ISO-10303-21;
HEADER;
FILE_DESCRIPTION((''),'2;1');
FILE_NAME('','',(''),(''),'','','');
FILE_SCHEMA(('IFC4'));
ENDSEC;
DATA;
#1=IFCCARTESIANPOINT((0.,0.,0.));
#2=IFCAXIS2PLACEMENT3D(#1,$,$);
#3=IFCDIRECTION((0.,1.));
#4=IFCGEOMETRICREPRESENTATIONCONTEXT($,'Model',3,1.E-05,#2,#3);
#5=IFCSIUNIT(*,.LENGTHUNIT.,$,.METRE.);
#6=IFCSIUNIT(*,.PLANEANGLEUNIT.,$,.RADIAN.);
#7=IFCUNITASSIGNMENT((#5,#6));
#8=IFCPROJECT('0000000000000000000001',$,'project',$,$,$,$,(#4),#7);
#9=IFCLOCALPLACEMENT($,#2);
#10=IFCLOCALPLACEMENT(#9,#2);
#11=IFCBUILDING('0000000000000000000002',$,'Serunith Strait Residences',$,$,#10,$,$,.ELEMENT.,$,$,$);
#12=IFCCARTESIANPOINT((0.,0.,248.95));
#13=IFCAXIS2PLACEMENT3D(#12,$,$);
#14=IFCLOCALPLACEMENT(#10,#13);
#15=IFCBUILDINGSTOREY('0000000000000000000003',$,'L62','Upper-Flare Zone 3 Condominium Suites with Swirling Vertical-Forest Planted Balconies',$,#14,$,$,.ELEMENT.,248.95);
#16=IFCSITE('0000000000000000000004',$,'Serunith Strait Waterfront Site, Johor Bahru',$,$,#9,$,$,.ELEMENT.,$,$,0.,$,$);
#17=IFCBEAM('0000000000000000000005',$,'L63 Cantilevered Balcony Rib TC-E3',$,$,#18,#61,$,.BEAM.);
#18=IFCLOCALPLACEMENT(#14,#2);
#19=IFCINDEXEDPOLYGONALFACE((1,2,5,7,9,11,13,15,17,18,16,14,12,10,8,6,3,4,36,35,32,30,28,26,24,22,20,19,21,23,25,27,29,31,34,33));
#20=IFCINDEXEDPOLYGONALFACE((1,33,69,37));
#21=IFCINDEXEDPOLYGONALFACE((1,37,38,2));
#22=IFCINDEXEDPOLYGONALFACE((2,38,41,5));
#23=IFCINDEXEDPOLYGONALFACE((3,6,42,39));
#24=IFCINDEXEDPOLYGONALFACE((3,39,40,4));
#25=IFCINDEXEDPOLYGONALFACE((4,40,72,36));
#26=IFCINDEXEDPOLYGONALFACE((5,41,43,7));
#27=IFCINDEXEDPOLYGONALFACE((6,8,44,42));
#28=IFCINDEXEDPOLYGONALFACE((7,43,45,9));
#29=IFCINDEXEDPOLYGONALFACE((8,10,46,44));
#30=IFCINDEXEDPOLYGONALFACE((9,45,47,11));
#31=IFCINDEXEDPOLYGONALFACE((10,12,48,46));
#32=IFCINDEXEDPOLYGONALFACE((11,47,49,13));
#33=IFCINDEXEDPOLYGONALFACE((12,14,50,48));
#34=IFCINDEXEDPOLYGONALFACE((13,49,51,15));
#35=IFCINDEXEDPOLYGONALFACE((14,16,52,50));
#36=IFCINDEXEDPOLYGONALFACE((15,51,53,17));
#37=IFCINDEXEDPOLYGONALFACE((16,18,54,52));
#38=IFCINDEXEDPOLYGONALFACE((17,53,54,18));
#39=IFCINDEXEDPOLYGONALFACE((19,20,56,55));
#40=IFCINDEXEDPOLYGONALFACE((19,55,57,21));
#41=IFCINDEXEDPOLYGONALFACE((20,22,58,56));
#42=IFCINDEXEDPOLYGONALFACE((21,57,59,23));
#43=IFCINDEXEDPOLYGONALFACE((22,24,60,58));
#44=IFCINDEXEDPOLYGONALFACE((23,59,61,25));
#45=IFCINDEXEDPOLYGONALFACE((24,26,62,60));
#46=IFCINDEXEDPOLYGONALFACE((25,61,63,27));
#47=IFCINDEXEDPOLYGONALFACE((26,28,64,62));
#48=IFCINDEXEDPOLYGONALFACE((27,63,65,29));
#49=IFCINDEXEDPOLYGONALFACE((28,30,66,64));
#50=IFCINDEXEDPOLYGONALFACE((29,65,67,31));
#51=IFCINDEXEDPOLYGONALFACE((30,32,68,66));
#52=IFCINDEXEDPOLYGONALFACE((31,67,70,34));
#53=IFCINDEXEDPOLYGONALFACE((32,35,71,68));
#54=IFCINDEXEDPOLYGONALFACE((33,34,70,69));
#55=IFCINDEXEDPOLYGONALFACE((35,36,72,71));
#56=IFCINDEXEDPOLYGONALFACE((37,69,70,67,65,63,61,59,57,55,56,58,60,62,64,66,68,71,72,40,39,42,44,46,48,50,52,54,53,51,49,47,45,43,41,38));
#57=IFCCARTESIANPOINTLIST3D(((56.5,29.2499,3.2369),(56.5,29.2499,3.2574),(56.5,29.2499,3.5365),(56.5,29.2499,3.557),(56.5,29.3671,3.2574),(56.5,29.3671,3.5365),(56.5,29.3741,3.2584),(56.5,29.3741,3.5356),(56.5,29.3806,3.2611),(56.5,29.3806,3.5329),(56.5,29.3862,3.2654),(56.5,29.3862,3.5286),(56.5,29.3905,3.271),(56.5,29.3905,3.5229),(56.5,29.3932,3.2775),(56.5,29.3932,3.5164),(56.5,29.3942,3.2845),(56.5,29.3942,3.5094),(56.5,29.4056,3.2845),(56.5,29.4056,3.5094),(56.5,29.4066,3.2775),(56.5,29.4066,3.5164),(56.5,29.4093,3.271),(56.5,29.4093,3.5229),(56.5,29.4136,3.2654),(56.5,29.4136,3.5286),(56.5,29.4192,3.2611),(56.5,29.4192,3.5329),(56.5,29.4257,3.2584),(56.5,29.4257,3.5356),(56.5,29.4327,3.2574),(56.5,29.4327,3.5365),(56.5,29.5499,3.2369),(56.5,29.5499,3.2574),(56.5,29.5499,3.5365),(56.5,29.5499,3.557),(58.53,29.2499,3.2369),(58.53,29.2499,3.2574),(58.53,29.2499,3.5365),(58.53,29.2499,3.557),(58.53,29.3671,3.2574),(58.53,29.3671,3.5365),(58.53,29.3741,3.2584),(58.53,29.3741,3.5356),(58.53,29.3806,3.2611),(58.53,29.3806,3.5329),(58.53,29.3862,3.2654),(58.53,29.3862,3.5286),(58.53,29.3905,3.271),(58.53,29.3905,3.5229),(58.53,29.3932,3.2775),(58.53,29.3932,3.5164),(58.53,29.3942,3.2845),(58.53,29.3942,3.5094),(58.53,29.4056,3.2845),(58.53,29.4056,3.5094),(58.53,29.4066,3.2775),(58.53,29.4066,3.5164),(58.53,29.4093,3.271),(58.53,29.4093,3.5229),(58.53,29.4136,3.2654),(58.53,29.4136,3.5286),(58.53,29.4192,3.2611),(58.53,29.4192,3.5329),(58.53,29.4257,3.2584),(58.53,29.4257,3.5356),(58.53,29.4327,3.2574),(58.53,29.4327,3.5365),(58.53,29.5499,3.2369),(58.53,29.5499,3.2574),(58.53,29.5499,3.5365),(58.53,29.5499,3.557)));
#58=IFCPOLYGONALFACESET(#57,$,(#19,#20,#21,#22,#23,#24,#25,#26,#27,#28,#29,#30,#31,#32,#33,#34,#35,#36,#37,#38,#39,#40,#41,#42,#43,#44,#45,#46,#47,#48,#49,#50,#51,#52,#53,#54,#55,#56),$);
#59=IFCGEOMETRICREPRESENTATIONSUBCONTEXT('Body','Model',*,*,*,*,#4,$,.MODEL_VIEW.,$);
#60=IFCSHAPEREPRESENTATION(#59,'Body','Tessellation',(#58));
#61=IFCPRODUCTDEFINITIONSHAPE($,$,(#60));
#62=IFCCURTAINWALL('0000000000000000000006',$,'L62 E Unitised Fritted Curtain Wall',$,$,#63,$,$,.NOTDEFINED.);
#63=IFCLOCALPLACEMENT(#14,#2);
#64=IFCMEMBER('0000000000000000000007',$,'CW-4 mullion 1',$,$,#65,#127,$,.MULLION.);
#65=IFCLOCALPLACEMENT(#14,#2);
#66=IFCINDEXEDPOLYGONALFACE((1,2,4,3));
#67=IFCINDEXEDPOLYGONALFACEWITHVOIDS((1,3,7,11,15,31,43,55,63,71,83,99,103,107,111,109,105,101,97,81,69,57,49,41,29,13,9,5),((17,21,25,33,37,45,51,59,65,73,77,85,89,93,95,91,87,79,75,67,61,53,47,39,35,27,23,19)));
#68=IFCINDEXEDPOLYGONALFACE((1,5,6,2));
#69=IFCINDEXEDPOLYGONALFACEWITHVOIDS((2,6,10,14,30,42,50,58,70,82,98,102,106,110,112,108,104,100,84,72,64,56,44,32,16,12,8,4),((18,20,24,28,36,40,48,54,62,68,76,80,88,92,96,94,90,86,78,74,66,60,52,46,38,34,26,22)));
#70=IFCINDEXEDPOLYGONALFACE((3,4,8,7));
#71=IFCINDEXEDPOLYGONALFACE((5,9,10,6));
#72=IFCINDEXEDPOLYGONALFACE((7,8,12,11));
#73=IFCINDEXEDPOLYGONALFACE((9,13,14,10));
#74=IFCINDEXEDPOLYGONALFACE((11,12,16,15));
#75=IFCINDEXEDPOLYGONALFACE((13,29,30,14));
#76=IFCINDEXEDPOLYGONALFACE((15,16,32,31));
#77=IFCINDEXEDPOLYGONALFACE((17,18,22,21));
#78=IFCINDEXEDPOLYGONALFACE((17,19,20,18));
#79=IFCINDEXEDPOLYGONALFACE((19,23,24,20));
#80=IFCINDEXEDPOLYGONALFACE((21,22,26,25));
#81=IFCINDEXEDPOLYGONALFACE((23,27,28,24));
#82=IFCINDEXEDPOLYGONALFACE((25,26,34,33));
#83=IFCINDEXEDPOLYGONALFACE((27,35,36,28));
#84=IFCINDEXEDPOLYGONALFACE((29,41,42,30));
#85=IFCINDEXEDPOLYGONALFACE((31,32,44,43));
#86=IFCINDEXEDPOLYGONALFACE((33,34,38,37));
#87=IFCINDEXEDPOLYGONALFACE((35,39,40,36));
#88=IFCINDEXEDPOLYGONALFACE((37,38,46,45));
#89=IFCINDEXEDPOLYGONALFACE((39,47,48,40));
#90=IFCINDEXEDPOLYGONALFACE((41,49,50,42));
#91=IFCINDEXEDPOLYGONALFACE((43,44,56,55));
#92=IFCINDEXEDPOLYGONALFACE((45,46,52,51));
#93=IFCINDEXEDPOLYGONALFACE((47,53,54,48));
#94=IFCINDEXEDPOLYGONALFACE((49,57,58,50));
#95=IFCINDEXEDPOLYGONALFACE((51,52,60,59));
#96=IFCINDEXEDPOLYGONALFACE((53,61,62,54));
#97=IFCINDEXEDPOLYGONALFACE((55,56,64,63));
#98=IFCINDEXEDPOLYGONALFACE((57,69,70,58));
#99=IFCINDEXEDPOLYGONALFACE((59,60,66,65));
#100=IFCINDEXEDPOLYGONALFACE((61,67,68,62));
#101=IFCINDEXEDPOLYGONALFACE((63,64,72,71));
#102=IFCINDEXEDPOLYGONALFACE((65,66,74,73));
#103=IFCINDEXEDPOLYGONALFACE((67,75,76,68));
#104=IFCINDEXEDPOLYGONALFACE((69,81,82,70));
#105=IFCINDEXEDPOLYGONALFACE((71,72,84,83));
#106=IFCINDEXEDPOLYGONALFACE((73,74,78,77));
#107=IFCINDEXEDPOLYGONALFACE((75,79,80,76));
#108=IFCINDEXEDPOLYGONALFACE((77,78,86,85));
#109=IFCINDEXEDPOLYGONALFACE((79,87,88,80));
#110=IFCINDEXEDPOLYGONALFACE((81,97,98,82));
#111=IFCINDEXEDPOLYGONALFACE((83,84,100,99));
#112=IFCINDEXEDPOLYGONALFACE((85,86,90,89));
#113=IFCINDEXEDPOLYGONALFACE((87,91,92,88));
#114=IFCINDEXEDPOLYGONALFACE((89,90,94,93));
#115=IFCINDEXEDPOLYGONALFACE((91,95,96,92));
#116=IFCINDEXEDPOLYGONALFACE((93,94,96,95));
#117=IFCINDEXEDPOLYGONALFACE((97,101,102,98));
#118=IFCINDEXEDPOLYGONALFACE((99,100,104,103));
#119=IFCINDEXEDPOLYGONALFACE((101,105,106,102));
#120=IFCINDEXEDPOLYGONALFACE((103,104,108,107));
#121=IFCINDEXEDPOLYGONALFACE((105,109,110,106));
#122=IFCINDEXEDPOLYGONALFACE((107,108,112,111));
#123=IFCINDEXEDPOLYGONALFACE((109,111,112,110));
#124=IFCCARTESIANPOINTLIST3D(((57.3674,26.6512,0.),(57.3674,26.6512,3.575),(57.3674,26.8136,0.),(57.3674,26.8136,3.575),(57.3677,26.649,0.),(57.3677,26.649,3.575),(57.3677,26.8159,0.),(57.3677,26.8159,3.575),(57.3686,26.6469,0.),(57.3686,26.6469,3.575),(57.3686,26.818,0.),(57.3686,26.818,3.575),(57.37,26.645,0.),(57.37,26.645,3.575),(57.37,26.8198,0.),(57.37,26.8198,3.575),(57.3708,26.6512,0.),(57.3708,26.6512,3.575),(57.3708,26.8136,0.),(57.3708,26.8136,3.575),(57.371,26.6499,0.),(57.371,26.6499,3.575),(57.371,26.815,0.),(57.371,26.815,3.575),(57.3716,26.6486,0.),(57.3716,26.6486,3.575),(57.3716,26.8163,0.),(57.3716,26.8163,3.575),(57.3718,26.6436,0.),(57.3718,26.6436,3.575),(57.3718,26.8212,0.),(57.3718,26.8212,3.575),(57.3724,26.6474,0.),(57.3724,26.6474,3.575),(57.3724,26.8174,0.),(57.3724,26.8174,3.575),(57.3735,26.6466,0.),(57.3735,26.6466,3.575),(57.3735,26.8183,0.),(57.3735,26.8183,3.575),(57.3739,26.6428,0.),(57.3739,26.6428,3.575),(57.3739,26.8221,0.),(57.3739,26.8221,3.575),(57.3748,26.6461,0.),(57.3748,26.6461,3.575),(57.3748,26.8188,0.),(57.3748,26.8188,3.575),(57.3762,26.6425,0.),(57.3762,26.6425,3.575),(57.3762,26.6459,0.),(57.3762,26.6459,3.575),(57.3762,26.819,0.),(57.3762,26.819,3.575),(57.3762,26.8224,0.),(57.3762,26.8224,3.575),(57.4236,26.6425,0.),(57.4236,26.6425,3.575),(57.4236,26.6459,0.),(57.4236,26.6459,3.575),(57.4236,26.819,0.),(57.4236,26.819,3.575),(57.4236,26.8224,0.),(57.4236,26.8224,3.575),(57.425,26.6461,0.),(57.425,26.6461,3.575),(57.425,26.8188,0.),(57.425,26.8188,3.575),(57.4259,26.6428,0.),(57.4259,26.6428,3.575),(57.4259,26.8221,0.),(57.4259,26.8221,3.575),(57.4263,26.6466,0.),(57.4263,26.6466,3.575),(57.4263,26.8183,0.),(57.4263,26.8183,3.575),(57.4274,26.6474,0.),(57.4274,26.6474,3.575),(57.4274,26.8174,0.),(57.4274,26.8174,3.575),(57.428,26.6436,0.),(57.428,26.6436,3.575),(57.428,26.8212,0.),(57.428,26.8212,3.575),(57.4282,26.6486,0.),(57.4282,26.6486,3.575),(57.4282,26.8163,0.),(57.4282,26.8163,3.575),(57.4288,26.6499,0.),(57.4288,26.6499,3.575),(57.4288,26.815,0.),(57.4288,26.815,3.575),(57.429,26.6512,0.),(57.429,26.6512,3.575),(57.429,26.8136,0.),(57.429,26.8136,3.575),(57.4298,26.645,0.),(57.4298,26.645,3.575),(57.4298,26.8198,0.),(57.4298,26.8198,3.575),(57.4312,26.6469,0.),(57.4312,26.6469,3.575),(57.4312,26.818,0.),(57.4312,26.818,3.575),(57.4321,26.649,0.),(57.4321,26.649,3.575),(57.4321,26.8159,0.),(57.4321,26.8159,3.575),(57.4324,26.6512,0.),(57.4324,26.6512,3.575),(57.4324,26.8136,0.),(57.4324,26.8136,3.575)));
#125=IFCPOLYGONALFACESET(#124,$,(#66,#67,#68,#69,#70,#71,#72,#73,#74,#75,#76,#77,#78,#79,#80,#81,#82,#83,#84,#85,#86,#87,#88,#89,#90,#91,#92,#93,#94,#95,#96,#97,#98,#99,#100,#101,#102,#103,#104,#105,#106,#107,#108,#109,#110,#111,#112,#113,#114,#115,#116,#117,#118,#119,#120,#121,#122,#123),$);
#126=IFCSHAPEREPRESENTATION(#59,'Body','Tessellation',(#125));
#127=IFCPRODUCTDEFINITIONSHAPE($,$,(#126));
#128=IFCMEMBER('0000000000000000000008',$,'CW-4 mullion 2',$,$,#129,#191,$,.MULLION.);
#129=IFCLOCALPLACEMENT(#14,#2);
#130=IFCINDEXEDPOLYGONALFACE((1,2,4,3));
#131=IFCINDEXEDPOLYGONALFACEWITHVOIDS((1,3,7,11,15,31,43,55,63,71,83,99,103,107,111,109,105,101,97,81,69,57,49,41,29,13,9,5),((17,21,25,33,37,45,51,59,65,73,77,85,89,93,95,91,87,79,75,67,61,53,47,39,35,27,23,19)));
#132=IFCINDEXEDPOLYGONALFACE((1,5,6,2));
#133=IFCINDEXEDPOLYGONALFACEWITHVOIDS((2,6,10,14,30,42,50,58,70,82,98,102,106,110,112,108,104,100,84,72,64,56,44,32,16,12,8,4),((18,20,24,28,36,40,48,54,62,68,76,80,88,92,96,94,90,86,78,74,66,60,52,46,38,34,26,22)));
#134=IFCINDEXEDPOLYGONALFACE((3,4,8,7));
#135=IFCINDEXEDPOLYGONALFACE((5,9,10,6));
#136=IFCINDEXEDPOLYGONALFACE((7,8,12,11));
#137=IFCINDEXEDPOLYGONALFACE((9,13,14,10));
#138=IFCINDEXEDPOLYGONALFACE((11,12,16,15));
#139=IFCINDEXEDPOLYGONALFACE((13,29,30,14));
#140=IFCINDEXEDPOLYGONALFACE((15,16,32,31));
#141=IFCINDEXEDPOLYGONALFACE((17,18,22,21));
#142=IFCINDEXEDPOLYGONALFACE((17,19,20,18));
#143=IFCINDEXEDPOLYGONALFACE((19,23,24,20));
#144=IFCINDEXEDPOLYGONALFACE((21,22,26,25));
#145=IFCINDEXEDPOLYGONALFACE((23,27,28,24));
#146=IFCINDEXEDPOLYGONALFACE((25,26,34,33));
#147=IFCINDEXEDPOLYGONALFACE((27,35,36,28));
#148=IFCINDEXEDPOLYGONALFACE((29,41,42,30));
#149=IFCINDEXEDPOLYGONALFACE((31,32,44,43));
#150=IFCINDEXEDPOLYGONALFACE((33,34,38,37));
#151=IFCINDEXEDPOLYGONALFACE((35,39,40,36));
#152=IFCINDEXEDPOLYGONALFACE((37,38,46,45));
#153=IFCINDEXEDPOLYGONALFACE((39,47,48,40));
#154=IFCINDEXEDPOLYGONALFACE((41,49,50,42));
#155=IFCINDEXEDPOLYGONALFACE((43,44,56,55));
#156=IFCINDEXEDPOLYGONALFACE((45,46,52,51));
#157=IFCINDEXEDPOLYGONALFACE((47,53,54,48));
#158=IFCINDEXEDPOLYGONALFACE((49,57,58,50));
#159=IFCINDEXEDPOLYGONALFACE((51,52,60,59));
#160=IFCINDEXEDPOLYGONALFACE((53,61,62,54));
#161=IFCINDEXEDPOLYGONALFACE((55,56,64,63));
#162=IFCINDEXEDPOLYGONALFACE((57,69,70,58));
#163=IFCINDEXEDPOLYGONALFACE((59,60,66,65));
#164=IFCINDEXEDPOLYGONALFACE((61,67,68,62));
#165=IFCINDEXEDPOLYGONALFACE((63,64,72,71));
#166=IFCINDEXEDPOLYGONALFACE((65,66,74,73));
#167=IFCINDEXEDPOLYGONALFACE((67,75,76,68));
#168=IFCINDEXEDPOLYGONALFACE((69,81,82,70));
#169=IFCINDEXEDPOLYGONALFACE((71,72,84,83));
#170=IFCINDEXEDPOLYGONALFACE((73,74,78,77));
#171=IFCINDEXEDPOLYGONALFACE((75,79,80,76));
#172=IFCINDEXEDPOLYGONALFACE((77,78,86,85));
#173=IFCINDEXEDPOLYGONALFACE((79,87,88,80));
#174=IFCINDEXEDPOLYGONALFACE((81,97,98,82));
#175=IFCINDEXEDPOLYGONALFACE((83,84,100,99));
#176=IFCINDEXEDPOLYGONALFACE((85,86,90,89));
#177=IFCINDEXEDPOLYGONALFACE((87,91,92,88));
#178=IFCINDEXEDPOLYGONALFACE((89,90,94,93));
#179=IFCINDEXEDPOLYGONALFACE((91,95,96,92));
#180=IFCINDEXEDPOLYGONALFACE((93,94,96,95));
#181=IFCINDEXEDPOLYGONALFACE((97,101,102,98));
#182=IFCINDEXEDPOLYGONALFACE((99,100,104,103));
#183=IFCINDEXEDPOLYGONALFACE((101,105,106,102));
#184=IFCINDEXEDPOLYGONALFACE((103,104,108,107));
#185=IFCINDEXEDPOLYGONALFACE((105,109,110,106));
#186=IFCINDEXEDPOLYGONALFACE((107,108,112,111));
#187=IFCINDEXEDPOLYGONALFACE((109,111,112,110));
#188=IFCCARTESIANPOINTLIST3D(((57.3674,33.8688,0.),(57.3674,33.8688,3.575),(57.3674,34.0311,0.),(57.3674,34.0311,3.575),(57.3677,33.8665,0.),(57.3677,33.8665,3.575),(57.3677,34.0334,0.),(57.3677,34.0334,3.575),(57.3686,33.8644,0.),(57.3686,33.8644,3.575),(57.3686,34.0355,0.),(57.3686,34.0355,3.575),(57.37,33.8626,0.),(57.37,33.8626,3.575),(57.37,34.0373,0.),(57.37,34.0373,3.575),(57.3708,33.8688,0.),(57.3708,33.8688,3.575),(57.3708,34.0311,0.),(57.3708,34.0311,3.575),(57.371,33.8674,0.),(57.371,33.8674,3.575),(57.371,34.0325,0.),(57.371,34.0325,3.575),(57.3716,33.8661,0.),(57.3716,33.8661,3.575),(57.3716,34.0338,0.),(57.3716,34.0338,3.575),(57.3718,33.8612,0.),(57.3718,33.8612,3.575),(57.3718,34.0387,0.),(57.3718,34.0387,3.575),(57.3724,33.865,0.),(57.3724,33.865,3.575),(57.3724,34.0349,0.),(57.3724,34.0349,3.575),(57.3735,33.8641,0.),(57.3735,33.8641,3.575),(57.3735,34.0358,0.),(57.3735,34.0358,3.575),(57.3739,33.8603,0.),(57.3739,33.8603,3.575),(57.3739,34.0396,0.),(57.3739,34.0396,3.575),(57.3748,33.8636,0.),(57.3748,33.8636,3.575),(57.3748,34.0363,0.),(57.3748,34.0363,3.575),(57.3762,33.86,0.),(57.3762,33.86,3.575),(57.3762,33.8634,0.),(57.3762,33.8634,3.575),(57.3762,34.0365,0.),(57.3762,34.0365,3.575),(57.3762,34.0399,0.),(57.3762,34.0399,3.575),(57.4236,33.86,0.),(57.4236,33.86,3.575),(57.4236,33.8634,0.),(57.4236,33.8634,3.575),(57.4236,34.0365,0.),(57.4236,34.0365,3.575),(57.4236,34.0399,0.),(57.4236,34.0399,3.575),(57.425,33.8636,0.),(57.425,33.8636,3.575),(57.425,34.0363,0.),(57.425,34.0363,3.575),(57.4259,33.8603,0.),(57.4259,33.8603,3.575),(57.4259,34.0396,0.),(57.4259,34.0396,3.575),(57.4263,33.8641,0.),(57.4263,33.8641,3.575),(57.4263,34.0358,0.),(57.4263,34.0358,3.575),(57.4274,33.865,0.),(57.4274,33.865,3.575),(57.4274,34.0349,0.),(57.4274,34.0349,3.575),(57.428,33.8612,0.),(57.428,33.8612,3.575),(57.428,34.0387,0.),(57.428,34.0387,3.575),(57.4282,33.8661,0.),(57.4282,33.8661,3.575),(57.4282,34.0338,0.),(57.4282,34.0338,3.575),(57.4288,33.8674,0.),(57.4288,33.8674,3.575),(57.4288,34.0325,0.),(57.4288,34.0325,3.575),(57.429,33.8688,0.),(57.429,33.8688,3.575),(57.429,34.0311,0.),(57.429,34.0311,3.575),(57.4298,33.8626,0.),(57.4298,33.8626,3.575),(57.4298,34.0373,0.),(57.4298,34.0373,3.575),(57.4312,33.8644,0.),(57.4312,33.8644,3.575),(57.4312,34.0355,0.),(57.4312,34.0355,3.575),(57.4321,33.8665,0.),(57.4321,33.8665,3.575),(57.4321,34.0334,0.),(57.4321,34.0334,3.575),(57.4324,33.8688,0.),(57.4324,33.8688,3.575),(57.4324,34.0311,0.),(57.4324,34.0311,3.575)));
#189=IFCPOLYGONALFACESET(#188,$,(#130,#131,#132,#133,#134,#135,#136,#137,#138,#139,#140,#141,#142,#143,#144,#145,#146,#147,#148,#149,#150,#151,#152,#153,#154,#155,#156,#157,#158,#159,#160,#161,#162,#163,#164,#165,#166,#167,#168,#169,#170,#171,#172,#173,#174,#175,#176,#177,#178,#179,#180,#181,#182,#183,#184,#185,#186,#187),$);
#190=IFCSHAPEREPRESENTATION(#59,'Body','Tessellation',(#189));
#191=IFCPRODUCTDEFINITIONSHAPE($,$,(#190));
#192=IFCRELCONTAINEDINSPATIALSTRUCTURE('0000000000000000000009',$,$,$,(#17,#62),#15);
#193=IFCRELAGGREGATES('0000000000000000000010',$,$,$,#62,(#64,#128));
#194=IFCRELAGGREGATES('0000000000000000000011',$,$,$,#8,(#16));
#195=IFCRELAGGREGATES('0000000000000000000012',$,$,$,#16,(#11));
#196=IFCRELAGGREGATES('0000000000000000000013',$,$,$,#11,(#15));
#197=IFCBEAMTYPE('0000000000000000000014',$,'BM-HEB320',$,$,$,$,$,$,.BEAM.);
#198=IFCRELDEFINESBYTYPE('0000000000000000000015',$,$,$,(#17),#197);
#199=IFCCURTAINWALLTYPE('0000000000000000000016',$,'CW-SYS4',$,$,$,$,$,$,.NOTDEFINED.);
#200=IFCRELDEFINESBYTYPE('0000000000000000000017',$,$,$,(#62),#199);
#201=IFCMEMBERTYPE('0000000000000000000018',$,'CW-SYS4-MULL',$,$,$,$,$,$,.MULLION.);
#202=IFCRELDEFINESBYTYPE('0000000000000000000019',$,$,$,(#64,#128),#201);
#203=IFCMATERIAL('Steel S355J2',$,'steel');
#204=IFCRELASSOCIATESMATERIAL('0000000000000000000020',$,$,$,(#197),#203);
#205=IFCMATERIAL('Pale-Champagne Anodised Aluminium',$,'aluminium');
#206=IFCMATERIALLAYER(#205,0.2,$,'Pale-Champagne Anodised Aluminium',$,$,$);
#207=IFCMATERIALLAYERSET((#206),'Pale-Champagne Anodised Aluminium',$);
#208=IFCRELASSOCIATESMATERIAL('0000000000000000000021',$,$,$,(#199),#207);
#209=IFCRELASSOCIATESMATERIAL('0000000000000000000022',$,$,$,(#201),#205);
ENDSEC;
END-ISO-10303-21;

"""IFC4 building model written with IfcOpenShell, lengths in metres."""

from ifc_helpers import new_model, si_unit, direction, frame, origin, origin_2d, place, context, subcontext, project, spatial, hollow_rectangle, i_section, extrude, source, transform, mapped, material, layer, layer_set, material_profile, profile_set, type_object, element, aggregate, save


model = new_model("IFC4")

# Units and contexts
model_context = context("Model", 3, precision=1e-05, world=origin(), true_north=direction((0.0, 1.0)))
body_context = subcontext(model_context, "Body", "Model", "MODEL_VIEW")
ifc_project = project(units=[si_unit("LENGTHUNIT", "METRE"), si_unit("PLANEANGLEUNIT", "RADIAN")], contexts=[model_context])

# Site, building, storey
site_placement = place(None, origin())
site = spatial("IfcSite", under=ifc_project, at=site_placement, Name="Serunith Strait Waterfront Site, Johor Bahru", CompositionType="ELEMENT", RefElevation=0.0)
building_placement = place(site_placement, origin())
building = spatial("IfcBuilding", under=site, at=building_placement, Name="Serunith Strait Residences", CompositionType="ELEMENT")
storey_placement = place(building_placement, frame((0.0, 0.0, 248.95)))
storey = spatial("IfcBuildingStorey", under=building, at=storey_placement, Name="L62", Description="Upper-Flare Zone 3 Condominium Suites with Swirling Vertical-Forest Planted Balconies", CompositionType="ELEMENT", Elevation=248.95)

# Beam
ifc_material_1 = material(Name="Steel S355J2", Category="steel")
ifc_material_profile_1 = material_profile(ifc_material_1, i_section(OverallWidth=0.3, OverallDepth=0.3201, WebThickness=0.0115, FlangeThickness=0.0205, FilletRadius=0.0271, at=origin_2d()), Name="HEB 320")
ifc_profile_set_1 = profile_set([ifc_material_profile_1], Name="Steel S355J2")
beam_type_1 = type_object("IfcBeamType", Name="BM-HEB320", PredefinedType="BEAM", material=ifc_profile_set_1)
shared_shape_1 = source(origin(), body_context, "Body", "SweptSolid", [
    extrude(i_section(OverallWidth=0.3, OverallDepth=0.3201, WebThickness=0.0115, FlangeThickness=0.0205, FilletRadius=0.0271, at=origin_2d()), origin(), (0.0, 0.0, 1.0), 2.03),
])
beam_1_placement = place(storey_placement, frame((56.5, 29.3999, 3.397), z_axis=(1.0, 0.0, 0.0), x_axis=(0.0, 1.0, 0.0)))
element("IfcBeam", 1, at=beam_1_placement, inside=storey, type_object=beam_type_1, Name="L63 Cantilevered Balcony Rib TC-E3", PredefinedType="BEAM", context=body_context, shape_type="MappedRepresentation", body=[
    mapped(shared_shape_1, transform((0.0, 0.0, 0.0), scale=1.0)),
])

# Curtain wall, members
ifc_material_2 = material(Name="Pale-Champagne Anodised Aluminium", Category="aluminium")
ifc_layer_1 = layer(ifc_material_2, 0.2, Name="Pale-Champagne Anodised Aluminium")
ifc_layer_set_1 = layer_set([ifc_layer_1], Name="Pale-Champagne Anodised Aluminium")
curtain_wall_type = type_object("IfcCurtainWallType", Name="CW-SYS4", PredefinedType="NOTDEFINED", material=ifc_layer_set_1)
curtain_wall_placement = place(storey_placement, origin())
curtain_wall = element("IfcCurtainWall", 2, at=curtain_wall_placement, inside=storey, type_object=curtain_wall_type, Name="L62 E Unitised Fritted Curtain Wall", PredefinedType="NOTDEFINED")
ifc_material_profile_2 = material_profile(ifc_material_2, hollow_rectangle(XDim=0.0649, YDim=0.1799, WallThickness=0.0034, InnerFilletRadius=0.0054, OuterFilletRadius=0.0088, at=origin_2d()), Name="ALU 180x65x3.5")
ifc_profile_set_2 = profile_set([ifc_material_profile_2], Name="Pale-Champagne Anodised Aluminium")
member_type_1 = type_object("IfcMemberType", Name="CW-SYS4-MULL", PredefinedType="MULLION", material=ifc_profile_set_2)
shared_shape_2 = source(origin(), body_context, "Body", "SweptSolid", [
    extrude(hollow_rectangle(XDim=0.0649, YDim=0.1799, WallThickness=0.0034, InnerFilletRadius=0.0054, OuterFilletRadius=0.0088, at=origin_2d()), origin(), (0.0, 0.0, 1.0), 3.575),
])
member_1_placement = place(storey_placement, frame((57.3999, 26.7324, 0.0), z_axis=(0.0, 0.0, 1.0), x_axis=(-1.0, 0.0, 0.0)))
member_1 = element("IfcMember", 3, at=member_1_placement, type_object=member_type_1, Name="CW-4 mullion 1", PredefinedType="MULLION", context=body_context, shape_type="MappedRepresentation", body=[
    mapped(shared_shape_2, transform((0.0, 0.0, 0.0), scale=1.0)),
])
member_2_placement = place(storey_placement, frame((57.3999, 33.95, 0.0), z_axis=(0.0, 0.0, 1.0), x_axis=(-1.0, 0.0, 0.0)))
member_2 = element("IfcMember", 4, at=member_2_placement, type_object=member_type_1, Name="CW-4 mullion 2", PredefinedType="MULLION", context=body_context, shape_type="MappedRepresentation", body=[
    mapped(shared_shape_2, transform((0.0, 0.0, 0.0), scale=1.0)),
])
aggregate(curtain_wall, [member_1, member_2])

save(model, "model.ifc")
